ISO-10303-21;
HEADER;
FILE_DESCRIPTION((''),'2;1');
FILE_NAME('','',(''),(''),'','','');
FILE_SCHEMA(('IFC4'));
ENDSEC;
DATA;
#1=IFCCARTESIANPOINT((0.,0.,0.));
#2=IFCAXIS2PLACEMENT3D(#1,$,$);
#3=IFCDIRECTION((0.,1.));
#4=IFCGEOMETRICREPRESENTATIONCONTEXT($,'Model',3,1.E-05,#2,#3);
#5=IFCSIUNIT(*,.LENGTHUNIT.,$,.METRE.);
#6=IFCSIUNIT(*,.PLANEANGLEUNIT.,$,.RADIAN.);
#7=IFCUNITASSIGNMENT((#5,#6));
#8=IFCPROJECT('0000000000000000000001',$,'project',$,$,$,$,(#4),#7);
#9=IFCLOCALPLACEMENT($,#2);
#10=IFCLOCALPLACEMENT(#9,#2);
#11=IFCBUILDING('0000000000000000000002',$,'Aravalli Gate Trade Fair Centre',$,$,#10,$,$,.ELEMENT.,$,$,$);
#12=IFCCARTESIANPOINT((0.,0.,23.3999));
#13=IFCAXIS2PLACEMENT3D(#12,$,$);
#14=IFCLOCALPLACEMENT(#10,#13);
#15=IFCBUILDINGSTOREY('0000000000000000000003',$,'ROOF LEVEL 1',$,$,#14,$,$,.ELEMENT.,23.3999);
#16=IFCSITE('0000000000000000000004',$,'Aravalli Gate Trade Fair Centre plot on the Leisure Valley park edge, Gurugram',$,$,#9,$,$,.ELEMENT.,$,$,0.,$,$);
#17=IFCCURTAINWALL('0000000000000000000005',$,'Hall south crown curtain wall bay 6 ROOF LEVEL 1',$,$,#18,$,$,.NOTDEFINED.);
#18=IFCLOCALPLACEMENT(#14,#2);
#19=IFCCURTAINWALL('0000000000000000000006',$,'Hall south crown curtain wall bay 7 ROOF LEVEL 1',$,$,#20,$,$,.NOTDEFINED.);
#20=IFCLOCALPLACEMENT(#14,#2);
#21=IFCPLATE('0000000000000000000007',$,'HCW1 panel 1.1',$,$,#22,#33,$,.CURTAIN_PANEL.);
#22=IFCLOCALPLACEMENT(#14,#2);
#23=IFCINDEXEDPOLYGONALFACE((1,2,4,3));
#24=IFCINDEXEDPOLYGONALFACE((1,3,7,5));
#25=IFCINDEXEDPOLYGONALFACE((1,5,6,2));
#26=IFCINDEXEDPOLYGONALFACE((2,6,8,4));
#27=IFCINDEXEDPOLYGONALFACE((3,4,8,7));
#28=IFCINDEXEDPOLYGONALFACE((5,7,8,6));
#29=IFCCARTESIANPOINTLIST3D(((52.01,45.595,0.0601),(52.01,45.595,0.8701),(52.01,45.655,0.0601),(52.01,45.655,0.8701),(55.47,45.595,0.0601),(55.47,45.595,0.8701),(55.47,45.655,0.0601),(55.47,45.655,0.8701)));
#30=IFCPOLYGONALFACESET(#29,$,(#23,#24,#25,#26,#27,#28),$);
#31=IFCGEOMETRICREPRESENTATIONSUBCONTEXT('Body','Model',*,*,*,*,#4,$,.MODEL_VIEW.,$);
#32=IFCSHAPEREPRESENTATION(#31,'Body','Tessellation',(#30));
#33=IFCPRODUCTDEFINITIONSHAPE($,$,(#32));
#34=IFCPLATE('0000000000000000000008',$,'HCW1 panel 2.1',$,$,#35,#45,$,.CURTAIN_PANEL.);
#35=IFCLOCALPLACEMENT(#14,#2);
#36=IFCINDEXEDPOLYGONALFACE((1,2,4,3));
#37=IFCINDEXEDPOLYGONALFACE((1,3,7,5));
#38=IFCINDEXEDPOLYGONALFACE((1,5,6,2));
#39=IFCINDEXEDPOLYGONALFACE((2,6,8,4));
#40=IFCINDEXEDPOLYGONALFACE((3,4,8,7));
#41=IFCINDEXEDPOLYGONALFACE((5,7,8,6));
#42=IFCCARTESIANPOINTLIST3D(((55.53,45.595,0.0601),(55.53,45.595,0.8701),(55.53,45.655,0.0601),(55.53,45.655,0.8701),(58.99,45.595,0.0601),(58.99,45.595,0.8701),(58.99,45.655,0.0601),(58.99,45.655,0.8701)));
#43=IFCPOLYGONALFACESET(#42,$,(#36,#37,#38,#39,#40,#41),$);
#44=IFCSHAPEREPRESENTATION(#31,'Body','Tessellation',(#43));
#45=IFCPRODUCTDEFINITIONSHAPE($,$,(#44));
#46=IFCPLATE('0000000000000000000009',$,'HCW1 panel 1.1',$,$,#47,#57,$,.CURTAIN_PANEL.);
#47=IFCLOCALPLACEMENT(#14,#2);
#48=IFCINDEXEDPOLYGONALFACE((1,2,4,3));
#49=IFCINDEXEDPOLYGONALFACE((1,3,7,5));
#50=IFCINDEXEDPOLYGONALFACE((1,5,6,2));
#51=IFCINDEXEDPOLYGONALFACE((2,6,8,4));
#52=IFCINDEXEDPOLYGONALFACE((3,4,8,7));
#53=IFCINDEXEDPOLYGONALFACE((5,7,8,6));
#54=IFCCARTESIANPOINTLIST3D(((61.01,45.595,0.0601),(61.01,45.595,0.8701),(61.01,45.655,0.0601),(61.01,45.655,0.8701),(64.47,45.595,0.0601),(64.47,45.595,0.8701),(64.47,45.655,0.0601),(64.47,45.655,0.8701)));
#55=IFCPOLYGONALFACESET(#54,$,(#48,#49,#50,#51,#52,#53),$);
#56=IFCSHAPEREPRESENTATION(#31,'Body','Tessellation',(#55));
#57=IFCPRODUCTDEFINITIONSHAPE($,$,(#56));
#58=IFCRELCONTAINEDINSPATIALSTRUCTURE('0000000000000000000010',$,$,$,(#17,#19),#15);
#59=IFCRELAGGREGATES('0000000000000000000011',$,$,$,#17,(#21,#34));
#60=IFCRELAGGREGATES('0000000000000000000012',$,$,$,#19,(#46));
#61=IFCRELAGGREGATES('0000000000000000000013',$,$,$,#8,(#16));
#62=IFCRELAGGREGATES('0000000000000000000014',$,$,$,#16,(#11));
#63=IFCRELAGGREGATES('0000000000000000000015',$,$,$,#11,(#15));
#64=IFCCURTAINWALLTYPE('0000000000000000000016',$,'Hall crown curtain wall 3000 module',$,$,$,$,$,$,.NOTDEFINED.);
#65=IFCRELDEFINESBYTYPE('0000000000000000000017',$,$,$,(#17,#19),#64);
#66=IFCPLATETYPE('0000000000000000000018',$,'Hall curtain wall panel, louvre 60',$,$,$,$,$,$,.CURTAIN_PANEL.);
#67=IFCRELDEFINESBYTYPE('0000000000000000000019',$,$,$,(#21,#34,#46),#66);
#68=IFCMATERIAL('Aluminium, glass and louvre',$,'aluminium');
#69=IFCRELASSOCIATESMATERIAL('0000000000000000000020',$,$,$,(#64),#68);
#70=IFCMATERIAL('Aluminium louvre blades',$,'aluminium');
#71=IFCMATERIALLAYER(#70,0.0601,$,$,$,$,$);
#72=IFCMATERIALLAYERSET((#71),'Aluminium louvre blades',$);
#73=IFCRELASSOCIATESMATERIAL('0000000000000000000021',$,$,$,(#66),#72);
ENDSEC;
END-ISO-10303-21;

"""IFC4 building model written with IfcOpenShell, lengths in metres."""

from ifc_helpers import new_model, si_unit, direction, frame, origin, origin_2d, place, context, subcontext, project, spatial, rectangle, extrude, material, layer, layer_set, type_object, element, aggregate, save


model = new_model("IFC4")

# Units and contexts
model_context = context("Model", 3, precision=1e-05, world=origin(), true_north=direction((0.0, 1.0)))
body_context = subcontext(model_context, "Body", "Model", "MODEL_VIEW")
ifc_project = project(units=[si_unit("LENGTHUNIT", "METRE"), si_unit("PLANEANGLEUNIT", "RADIAN")], contexts=[model_context])

# Site, building, storey
site_placement = place(None, origin())
site = spatial("IfcSite", under=ifc_project, at=site_placement, Name="Aravalli Gate Trade Fair Centre plot on the Leisure Valley park edge, Gurugram", CompositionType="ELEMENT", RefElevation=0.0)
building_placement = place(site_placement, origin())
building = spatial("IfcBuilding", under=site, at=building_placement, Name="Aravalli Gate Trade Fair Centre", CompositionType="ELEMENT")
storey_placement = place(building_placement, frame((0.0, 0.0, 23.3999)))
storey = spatial("IfcBuildingStorey", under=building, at=storey_placement, Name="ROOF LEVEL 1", CompositionType="ELEMENT", Elevation=23.3999)

# Curtain walls
ifc_material_1 = material(Name="Aluminium, glass and louvre", Category="aluminium")
curtain_wall_type = type_object("IfcCurtainWallType", Name="Hall crown curtain wall 3000 module", PredefinedType="NOTDEFINED", material=ifc_material_1)
curtain_wall_1_placement = place(storey_placement, origin())
curtain_wall_1 = element("IfcCurtainWall", 1, at=curtain_wall_1_placement, inside=storey, type_object=curtain_wall_type, Name="Hall south crown curtain wall bay 6 ROOF LEVEL 1", PredefinedType="NOTDEFINED")
curtain_wall_2_placement = place(storey_placement, origin())
curtain_wall_2 = element("IfcCurtainWall", 2, at=curtain_wall_2_placement, inside=storey, type_object=curtain_wall_type, Name="Hall south crown curtain wall bay 7 ROOF LEVEL 1", PredefinedType="NOTDEFINED")

# Plates
ifc_material_2 = material(Name="Aluminium louvre blades", Category="aluminium")
ifc_layer_1 = layer(ifc_material_2, 0.0601)
ifc_layer_set_1 = layer_set([ifc_layer_1], Name="Aluminium louvre blades")
plate_type_1 = type_object("IfcPlateType", Name="Hall curtain wall panel, louvre 60", PredefinedType="CURTAIN_PANEL", material=ifc_layer_set_1)
plate_1_placement = place(storey_placement, frame((53.74, 45.625, 0.0601), z_axis=(0.0, 0.0, 1.0), x_axis=(1.0, 0.0, 0.0)))
plate_1 = element("IfcPlate", 3, at=plate_1_placement, type_object=plate_type_1, Name="HCW1 panel 1.1", PredefinedType="CURTAIN_PANEL", context=body_context, shape_type="SweptSolid", body=[
    extrude(rectangle(XDim=3.46, YDim=0.0601, at=origin_2d()), origin(), (0.0, 0.0, 1.0), 0.8101),
])
plate_2_placement = place(storey_placement, frame((57.26, 45.625, 0.0601), z_axis=(0.0, 0.0, 1.0), x_axis=(1.0, 0.0, 0.0)))
plate_2 = element("IfcPlate", 4, at=plate_2_placement, type_object=plate_type_1, Name="HCW1 panel 2.1", PredefinedType="CURTAIN_PANEL", context=body_context, shape_type="SweptSolid", body=[
    extrude(rectangle(XDim=3.46, YDim=0.0601, at=origin_2d()), origin(), (0.0, 0.0, 1.0), 0.8101),
])
aggregate(curtain_wall_1, [plate_1, plate_2])
plate_3_placement = place(storey_placement, frame((62.74, 45.625, 0.0601), z_axis=(0.0, 0.0, 1.0), x_axis=(1.0, 0.0, 0.0)))
plate_3 = element("IfcPlate", 5, at=plate_3_placement, type_object=plate_type_1, Name="HCW1 panel 1.1", PredefinedType="CURTAIN_PANEL", context=body_context, shape_type="SweptSolid", body=[
    extrude(rectangle(XDim=3.46, YDim=0.0601, at=origin_2d()), origin(), (0.0, 0.0, 1.0), 0.8101),
])
aggregate(curtain_wall_2, [plate_3])

save(model, "model.ifc")
